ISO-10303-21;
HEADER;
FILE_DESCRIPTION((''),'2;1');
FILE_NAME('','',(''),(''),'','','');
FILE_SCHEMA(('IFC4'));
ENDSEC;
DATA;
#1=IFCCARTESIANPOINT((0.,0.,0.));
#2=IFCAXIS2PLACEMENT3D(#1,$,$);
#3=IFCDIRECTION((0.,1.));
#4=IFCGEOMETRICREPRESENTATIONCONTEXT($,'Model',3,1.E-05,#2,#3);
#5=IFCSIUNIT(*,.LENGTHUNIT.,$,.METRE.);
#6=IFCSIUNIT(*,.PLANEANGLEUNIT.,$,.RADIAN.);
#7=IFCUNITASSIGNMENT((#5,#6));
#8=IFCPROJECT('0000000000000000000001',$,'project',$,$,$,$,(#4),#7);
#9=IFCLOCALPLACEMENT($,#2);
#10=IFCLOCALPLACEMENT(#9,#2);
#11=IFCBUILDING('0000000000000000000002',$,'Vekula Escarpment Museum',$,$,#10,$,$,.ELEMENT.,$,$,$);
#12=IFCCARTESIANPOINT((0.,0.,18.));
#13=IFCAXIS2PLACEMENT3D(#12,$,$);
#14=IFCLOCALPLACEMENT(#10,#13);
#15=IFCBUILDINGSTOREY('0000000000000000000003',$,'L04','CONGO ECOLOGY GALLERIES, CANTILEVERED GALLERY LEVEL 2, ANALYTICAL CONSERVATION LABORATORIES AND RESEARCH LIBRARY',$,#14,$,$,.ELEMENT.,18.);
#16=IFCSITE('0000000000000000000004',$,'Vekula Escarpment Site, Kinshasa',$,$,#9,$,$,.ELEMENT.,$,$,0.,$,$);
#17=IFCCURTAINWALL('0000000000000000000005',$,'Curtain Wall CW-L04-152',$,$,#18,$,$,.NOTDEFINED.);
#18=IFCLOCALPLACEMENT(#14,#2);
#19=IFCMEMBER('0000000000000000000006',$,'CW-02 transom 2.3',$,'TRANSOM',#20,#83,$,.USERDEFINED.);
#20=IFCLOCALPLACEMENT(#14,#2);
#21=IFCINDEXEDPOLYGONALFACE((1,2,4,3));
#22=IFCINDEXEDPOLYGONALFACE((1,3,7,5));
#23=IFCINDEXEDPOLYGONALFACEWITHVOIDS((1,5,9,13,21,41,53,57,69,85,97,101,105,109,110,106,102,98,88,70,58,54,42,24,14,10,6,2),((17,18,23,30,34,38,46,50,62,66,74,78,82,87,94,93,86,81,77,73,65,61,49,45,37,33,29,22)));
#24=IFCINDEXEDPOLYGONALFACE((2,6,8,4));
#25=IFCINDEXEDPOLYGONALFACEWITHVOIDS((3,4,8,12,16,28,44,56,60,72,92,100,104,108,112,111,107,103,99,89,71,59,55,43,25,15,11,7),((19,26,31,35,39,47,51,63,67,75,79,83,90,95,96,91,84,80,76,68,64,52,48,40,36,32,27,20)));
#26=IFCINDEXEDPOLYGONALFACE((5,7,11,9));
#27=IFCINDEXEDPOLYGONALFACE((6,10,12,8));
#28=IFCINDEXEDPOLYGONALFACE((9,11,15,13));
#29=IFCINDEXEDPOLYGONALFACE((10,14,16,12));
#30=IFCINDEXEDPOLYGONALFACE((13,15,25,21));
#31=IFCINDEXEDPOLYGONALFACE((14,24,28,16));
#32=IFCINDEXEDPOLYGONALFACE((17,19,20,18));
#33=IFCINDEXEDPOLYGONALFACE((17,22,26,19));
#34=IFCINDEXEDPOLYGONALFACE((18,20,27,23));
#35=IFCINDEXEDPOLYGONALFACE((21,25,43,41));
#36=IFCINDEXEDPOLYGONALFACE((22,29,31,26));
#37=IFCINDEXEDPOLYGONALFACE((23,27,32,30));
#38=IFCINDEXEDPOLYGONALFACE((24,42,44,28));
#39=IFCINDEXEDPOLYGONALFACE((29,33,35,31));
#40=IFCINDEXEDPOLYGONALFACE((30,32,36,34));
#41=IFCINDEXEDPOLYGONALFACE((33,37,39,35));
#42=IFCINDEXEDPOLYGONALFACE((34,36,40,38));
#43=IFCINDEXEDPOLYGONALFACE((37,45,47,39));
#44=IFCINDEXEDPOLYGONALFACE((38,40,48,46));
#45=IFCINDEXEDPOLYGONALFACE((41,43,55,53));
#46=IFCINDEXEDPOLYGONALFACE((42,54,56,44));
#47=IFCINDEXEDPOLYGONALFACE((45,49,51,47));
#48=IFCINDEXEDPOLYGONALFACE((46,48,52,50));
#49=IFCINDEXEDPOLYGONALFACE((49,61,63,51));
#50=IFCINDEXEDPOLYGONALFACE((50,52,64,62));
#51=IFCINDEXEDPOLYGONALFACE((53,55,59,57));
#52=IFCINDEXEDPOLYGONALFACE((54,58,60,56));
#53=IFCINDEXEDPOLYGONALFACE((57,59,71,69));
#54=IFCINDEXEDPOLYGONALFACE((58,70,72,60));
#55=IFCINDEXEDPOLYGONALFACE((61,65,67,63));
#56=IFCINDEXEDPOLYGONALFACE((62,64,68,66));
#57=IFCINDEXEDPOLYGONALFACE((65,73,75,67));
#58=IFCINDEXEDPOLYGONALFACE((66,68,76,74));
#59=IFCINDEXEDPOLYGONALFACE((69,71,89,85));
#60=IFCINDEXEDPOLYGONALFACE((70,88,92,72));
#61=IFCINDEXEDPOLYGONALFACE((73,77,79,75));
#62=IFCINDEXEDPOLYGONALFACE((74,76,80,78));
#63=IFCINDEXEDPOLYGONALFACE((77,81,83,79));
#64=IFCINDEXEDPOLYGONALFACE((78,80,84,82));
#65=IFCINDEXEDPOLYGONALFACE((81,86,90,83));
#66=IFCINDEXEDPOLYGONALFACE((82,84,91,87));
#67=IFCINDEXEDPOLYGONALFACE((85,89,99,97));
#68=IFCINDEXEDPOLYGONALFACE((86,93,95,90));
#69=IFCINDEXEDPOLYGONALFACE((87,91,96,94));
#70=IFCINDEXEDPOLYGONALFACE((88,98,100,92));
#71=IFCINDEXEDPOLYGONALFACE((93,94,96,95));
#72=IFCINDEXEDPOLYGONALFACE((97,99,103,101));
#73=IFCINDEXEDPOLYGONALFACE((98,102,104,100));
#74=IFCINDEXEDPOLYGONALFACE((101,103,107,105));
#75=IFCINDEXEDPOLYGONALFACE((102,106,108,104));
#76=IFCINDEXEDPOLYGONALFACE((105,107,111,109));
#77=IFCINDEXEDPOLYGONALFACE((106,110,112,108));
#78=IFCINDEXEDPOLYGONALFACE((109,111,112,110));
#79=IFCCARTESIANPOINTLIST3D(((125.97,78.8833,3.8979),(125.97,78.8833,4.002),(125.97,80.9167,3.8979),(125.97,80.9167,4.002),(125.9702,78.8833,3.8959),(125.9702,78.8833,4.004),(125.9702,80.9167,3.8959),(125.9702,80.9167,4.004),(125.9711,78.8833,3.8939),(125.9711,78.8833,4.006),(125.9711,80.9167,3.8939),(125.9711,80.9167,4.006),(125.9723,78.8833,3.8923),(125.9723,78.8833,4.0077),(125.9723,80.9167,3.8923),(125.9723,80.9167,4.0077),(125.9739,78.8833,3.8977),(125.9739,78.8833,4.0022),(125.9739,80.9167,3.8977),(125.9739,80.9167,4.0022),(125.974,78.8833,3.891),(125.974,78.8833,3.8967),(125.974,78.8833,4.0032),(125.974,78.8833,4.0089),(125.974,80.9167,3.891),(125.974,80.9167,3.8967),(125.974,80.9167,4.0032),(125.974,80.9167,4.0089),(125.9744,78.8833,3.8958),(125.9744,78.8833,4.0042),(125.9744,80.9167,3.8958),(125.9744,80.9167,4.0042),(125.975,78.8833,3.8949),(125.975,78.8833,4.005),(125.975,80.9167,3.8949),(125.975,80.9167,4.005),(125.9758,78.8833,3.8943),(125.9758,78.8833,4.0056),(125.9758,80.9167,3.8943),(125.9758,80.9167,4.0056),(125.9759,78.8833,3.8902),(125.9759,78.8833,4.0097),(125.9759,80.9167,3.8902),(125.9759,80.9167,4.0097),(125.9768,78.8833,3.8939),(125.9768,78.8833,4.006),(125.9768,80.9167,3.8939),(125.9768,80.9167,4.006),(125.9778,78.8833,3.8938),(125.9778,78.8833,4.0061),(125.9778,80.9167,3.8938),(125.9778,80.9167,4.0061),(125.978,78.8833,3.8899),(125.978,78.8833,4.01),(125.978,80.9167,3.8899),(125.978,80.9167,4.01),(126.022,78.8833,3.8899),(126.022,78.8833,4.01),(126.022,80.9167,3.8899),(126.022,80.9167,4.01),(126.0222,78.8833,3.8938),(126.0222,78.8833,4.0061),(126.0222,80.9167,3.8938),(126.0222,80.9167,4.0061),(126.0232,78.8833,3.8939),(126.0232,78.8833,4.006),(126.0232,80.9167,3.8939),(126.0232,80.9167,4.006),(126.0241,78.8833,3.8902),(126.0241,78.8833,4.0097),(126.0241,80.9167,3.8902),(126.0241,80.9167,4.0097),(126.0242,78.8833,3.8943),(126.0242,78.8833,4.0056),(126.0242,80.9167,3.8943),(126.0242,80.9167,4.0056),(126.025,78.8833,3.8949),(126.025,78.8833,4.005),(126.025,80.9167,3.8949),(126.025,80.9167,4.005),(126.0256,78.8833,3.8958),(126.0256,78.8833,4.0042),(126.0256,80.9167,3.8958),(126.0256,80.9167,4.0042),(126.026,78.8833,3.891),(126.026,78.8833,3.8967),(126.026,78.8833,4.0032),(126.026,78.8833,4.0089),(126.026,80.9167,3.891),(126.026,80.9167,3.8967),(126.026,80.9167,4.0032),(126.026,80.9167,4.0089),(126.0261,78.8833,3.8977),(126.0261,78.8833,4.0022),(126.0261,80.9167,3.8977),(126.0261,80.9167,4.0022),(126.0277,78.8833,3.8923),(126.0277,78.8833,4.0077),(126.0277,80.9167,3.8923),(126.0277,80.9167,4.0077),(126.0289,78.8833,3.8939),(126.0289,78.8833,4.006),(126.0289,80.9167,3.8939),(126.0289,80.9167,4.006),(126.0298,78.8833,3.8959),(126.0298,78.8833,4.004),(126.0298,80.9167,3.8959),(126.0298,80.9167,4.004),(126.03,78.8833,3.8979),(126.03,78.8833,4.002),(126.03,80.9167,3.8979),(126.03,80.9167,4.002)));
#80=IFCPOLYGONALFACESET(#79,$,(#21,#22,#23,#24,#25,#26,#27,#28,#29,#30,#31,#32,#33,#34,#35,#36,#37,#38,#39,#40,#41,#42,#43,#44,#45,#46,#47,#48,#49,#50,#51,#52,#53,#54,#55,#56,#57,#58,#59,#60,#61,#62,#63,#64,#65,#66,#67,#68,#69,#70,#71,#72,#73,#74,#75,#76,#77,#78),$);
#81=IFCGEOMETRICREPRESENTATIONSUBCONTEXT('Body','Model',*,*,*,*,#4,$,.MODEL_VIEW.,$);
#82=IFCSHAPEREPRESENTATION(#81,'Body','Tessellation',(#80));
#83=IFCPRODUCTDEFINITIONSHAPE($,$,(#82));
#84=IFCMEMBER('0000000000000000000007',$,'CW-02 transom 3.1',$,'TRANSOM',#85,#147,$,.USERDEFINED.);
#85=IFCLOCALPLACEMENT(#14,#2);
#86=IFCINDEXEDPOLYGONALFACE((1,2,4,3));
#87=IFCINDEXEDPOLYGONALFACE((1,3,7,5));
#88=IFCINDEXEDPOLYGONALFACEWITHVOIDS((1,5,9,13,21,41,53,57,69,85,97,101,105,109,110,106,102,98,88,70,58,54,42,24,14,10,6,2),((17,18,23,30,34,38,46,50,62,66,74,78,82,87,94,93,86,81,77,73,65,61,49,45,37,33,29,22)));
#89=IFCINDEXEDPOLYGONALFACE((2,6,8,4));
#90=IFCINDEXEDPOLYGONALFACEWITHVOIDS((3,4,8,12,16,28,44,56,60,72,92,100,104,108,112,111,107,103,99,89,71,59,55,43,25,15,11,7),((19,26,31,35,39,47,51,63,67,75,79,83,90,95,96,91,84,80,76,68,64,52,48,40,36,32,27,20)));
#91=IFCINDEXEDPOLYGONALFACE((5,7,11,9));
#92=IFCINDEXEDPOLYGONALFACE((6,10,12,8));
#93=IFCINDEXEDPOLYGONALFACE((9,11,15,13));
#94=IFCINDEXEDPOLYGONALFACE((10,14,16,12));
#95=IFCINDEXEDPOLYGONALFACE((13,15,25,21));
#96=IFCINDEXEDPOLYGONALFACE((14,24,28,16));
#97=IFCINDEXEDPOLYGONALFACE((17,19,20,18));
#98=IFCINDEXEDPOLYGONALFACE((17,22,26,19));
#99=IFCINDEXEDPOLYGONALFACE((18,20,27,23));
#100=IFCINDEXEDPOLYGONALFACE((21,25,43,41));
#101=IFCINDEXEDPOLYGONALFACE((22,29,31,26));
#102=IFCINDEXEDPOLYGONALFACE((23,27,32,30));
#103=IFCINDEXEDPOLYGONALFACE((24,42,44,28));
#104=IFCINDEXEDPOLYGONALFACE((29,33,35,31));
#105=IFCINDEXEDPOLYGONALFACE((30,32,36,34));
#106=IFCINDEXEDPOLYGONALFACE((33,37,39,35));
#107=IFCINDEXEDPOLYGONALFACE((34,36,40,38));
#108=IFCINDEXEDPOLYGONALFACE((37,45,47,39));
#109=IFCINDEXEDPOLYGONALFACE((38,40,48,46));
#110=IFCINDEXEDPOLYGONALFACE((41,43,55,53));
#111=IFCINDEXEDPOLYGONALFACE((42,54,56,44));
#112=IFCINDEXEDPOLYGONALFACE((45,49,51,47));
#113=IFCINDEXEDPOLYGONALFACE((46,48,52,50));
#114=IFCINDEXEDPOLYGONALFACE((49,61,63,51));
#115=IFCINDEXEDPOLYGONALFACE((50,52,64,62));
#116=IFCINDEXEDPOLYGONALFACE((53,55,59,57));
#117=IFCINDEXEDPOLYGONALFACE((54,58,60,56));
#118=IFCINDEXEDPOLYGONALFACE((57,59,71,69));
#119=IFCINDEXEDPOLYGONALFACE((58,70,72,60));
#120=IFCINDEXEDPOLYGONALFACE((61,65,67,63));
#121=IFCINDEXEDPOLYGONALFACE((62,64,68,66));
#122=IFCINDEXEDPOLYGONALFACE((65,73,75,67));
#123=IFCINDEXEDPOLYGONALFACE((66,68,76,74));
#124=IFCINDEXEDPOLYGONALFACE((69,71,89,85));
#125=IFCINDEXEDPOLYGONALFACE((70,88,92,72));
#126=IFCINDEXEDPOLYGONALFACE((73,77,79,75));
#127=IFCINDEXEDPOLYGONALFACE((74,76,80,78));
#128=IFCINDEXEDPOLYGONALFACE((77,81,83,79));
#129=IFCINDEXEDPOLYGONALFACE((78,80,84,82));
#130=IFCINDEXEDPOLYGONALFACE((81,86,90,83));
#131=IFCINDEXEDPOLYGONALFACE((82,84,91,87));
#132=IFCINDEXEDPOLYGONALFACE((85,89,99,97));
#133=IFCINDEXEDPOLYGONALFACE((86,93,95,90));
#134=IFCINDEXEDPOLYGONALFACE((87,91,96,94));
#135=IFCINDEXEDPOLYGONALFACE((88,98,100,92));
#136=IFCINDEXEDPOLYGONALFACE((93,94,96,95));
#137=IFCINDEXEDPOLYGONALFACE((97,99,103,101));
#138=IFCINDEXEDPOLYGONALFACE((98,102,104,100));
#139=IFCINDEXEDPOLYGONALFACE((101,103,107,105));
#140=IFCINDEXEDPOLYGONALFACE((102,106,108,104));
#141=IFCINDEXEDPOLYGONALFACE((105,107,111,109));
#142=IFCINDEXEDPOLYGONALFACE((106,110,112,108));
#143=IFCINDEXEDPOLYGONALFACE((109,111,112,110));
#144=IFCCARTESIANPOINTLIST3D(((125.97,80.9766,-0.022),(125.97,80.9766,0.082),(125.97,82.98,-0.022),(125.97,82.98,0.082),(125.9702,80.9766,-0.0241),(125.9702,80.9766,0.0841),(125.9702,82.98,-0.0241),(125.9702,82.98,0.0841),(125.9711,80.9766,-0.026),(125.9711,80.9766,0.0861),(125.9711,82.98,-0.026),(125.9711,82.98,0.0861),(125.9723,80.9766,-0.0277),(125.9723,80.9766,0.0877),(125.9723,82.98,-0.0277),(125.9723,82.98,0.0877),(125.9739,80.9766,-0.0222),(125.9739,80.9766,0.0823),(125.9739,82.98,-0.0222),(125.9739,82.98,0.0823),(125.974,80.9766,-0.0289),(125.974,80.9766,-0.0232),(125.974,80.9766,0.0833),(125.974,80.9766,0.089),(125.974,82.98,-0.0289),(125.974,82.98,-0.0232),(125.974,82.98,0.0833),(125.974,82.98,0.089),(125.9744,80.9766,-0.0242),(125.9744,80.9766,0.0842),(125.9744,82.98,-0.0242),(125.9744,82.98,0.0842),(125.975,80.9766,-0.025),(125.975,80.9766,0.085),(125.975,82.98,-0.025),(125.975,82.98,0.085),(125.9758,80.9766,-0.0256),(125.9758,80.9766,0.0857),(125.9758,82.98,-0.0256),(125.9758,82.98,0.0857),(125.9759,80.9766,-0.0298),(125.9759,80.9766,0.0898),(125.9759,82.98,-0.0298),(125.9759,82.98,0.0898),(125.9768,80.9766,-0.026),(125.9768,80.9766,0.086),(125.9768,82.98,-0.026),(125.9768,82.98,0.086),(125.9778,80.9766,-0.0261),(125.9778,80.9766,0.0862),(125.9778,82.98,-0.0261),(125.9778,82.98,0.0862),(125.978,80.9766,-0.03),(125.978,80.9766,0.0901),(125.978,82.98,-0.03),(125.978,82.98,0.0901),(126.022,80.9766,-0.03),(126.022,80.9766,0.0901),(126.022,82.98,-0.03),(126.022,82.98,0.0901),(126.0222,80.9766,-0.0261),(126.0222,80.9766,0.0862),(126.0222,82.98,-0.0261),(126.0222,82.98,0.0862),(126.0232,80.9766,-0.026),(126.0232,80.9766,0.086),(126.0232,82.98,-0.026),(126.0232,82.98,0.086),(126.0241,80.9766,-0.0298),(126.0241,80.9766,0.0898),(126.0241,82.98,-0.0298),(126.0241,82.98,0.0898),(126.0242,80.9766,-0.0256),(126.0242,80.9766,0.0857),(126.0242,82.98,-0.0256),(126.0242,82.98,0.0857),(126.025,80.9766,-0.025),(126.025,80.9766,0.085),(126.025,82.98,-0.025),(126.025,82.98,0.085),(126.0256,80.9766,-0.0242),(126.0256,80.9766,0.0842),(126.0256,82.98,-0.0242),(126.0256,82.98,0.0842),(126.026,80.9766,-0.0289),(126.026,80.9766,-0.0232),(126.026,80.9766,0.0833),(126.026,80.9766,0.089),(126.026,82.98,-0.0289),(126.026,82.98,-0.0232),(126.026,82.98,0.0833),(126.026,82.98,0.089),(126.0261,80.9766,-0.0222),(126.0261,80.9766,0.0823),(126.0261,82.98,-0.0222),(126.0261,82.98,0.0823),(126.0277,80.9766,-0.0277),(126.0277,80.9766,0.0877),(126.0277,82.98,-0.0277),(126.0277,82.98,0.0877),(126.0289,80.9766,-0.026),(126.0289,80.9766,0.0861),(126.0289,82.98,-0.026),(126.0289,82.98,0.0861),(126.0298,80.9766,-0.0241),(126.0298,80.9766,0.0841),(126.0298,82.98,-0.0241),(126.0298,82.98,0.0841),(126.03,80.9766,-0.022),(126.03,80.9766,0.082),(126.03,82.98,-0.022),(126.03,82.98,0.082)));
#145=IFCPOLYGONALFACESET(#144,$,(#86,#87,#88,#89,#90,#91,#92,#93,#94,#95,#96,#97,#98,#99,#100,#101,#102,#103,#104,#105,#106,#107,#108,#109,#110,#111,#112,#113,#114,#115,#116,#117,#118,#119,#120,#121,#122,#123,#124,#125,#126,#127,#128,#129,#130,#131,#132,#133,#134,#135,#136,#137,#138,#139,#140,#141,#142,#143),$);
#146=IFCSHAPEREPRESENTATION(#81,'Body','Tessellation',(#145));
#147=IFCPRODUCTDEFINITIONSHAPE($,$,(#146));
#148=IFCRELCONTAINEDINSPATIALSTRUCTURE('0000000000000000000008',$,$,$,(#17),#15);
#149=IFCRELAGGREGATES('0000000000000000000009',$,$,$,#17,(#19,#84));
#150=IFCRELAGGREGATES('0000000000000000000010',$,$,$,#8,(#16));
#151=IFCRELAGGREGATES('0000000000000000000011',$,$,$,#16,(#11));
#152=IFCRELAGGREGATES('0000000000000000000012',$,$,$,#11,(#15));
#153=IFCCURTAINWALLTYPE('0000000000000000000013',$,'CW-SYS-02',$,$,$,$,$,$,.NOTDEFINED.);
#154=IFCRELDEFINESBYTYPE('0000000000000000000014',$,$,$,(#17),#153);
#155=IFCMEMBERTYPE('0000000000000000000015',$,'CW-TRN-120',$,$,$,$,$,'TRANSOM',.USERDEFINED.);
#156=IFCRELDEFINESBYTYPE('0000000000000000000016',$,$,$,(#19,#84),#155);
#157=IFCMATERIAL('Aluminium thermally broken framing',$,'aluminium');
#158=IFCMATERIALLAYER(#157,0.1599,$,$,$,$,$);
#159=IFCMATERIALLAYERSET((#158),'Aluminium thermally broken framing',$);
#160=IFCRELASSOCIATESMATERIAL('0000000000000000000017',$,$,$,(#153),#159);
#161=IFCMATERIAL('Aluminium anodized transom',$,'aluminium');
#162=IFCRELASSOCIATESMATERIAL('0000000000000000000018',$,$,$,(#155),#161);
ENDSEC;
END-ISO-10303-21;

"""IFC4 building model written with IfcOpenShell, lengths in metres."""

from ifc_helpers import new_model, si_unit, direction, frame, origin, origin_2d, place, context, subcontext, project, spatial, hollow_rectangle, extrude, material, layer, layer_set, material_profile, profile_set, type_object, element, aggregate, save


model = new_model("IFC4")

# Units and contexts
model_context = context("Model", 3, precision=1e-05, world=origin(), true_north=direction((0.0, 1.0)))
body_context = subcontext(model_context, "Body", "Model", "MODEL_VIEW")
ifc_project = project(units=[si_unit("LENGTHUNIT", "METRE"), si_unit("PLANEANGLEUNIT", "RADIAN")], contexts=[model_context])

# Site, building, storey
site_placement = place(None, origin())
site = spatial("IfcSite", under=ifc_project, at=site_placement, Name="Vekula Escarpment Site, Kinshasa", CompositionType="ELEMENT", RefElevation=0.0)
building_placement = place(site_placement, origin())
building = spatial("IfcBuilding", under=site, at=building_placement, Name="Vekula Escarpment Museum", CompositionType="ELEMENT")
storey_placement = place(building_placement, frame((0.0, 0.0, 18.0)))
storey = spatial("IfcBuildingStorey", under=building, at=storey_placement, Name="L04", Description="CONGO ECOLOGY GALLERIES, CANTILEVERED GALLERY LEVEL 2, ANALYTICAL CONSERVATION LABORATORIES AND RESEARCH LIBRARY", CompositionType="ELEMENT", Elevation=18.0)

# Curtain wall, members
ifc_material_1 = material(Name="Aluminium thermally broken framing", Category="aluminium")
ifc_layer_1 = layer(ifc_material_1, 0.1599)
ifc_layer_set_1 = layer_set([ifc_layer_1], Name="Aluminium thermally broken framing")
curtain_wall_type = type_object("IfcCurtainWallType", Name="CW-SYS-02", PredefinedType="NOTDEFINED", material=ifc_layer_set_1)
curtain_wall_placement = place(storey_placement, origin())
curtain_wall = element("IfcCurtainWall", 1, at=curtain_wall_placement, inside=storey, type_object=curtain_wall_type, Name="Curtain Wall CW-L04-152", PredefinedType="NOTDEFINED")
ifc_material_2 = material(Name="Aluminium anodized transom", Category="aluminium")
ifc_material_profile_1 = material_profile(ifc_material_2, hollow_rectangle(XDim=0.0601, YDim=0.1201, WallThickness=0.0039, InnerFilletRadius=0.0039, OuterFilletRadius=0.0081, at=origin_2d()), Name="ALU 120x60x4")
ifc_profile_set_1 = profile_set([ifc_material_profile_1], Name="Aluminium anodized transom")
member_type_1 = type_object("IfcMemberType", Name="CW-TRN-120", ElementType="TRANSOM", PredefinedType="USERDEFINED", material=ifc_profile_set_1)
member_1_placement = place(storey_placement, frame((126.0, 78.8833, 3.95), z_axis=(0.0, 1.0, 0.0), x_axis=(-1.0, 0.0, 0.0)))
member_1 = element("IfcMember", 2, at=member_1_placement, type_object=member_type_1, Name="CW-02 transom 2.3", ObjectType="TRANSOM", PredefinedType="USERDEFINED", context=body_context, shape_type="SweptSolid", body=[
    extrude(hollow_rectangle(XDim=0.0601, YDim=0.1201, WallThickness=0.0039, InnerFilletRadius=0.0039, OuterFilletRadius=0.0081, at=origin_2d()), origin(), (0.0, 0.0, 1.0), 2.0334),
])
member_2_placement = place(storey_placement, frame((126.0, 80.9766, 0.03), z_axis=(0.0, 1.0, 0.0), x_axis=(-1.0, 0.0, 0.0)))
member_2 = element("IfcMember", 3, at=member_2_placement, type_object=member_type_1, Name="CW-02 transom 3.1", ObjectType="TRANSOM", PredefinedType="USERDEFINED", context=body_context, shape_type="SweptSolid", body=[
    extrude(hollow_rectangle(XDim=0.0601, YDim=0.1201, WallThickness=0.0039, InnerFilletRadius=0.0039, OuterFilletRadius=0.0081, at=origin_2d()), origin(), (0.0, 0.0, 1.0), 2.0034),
])

aggregate(curtain_wall, [member_1, member_2])

save(model, "model.ifc")
